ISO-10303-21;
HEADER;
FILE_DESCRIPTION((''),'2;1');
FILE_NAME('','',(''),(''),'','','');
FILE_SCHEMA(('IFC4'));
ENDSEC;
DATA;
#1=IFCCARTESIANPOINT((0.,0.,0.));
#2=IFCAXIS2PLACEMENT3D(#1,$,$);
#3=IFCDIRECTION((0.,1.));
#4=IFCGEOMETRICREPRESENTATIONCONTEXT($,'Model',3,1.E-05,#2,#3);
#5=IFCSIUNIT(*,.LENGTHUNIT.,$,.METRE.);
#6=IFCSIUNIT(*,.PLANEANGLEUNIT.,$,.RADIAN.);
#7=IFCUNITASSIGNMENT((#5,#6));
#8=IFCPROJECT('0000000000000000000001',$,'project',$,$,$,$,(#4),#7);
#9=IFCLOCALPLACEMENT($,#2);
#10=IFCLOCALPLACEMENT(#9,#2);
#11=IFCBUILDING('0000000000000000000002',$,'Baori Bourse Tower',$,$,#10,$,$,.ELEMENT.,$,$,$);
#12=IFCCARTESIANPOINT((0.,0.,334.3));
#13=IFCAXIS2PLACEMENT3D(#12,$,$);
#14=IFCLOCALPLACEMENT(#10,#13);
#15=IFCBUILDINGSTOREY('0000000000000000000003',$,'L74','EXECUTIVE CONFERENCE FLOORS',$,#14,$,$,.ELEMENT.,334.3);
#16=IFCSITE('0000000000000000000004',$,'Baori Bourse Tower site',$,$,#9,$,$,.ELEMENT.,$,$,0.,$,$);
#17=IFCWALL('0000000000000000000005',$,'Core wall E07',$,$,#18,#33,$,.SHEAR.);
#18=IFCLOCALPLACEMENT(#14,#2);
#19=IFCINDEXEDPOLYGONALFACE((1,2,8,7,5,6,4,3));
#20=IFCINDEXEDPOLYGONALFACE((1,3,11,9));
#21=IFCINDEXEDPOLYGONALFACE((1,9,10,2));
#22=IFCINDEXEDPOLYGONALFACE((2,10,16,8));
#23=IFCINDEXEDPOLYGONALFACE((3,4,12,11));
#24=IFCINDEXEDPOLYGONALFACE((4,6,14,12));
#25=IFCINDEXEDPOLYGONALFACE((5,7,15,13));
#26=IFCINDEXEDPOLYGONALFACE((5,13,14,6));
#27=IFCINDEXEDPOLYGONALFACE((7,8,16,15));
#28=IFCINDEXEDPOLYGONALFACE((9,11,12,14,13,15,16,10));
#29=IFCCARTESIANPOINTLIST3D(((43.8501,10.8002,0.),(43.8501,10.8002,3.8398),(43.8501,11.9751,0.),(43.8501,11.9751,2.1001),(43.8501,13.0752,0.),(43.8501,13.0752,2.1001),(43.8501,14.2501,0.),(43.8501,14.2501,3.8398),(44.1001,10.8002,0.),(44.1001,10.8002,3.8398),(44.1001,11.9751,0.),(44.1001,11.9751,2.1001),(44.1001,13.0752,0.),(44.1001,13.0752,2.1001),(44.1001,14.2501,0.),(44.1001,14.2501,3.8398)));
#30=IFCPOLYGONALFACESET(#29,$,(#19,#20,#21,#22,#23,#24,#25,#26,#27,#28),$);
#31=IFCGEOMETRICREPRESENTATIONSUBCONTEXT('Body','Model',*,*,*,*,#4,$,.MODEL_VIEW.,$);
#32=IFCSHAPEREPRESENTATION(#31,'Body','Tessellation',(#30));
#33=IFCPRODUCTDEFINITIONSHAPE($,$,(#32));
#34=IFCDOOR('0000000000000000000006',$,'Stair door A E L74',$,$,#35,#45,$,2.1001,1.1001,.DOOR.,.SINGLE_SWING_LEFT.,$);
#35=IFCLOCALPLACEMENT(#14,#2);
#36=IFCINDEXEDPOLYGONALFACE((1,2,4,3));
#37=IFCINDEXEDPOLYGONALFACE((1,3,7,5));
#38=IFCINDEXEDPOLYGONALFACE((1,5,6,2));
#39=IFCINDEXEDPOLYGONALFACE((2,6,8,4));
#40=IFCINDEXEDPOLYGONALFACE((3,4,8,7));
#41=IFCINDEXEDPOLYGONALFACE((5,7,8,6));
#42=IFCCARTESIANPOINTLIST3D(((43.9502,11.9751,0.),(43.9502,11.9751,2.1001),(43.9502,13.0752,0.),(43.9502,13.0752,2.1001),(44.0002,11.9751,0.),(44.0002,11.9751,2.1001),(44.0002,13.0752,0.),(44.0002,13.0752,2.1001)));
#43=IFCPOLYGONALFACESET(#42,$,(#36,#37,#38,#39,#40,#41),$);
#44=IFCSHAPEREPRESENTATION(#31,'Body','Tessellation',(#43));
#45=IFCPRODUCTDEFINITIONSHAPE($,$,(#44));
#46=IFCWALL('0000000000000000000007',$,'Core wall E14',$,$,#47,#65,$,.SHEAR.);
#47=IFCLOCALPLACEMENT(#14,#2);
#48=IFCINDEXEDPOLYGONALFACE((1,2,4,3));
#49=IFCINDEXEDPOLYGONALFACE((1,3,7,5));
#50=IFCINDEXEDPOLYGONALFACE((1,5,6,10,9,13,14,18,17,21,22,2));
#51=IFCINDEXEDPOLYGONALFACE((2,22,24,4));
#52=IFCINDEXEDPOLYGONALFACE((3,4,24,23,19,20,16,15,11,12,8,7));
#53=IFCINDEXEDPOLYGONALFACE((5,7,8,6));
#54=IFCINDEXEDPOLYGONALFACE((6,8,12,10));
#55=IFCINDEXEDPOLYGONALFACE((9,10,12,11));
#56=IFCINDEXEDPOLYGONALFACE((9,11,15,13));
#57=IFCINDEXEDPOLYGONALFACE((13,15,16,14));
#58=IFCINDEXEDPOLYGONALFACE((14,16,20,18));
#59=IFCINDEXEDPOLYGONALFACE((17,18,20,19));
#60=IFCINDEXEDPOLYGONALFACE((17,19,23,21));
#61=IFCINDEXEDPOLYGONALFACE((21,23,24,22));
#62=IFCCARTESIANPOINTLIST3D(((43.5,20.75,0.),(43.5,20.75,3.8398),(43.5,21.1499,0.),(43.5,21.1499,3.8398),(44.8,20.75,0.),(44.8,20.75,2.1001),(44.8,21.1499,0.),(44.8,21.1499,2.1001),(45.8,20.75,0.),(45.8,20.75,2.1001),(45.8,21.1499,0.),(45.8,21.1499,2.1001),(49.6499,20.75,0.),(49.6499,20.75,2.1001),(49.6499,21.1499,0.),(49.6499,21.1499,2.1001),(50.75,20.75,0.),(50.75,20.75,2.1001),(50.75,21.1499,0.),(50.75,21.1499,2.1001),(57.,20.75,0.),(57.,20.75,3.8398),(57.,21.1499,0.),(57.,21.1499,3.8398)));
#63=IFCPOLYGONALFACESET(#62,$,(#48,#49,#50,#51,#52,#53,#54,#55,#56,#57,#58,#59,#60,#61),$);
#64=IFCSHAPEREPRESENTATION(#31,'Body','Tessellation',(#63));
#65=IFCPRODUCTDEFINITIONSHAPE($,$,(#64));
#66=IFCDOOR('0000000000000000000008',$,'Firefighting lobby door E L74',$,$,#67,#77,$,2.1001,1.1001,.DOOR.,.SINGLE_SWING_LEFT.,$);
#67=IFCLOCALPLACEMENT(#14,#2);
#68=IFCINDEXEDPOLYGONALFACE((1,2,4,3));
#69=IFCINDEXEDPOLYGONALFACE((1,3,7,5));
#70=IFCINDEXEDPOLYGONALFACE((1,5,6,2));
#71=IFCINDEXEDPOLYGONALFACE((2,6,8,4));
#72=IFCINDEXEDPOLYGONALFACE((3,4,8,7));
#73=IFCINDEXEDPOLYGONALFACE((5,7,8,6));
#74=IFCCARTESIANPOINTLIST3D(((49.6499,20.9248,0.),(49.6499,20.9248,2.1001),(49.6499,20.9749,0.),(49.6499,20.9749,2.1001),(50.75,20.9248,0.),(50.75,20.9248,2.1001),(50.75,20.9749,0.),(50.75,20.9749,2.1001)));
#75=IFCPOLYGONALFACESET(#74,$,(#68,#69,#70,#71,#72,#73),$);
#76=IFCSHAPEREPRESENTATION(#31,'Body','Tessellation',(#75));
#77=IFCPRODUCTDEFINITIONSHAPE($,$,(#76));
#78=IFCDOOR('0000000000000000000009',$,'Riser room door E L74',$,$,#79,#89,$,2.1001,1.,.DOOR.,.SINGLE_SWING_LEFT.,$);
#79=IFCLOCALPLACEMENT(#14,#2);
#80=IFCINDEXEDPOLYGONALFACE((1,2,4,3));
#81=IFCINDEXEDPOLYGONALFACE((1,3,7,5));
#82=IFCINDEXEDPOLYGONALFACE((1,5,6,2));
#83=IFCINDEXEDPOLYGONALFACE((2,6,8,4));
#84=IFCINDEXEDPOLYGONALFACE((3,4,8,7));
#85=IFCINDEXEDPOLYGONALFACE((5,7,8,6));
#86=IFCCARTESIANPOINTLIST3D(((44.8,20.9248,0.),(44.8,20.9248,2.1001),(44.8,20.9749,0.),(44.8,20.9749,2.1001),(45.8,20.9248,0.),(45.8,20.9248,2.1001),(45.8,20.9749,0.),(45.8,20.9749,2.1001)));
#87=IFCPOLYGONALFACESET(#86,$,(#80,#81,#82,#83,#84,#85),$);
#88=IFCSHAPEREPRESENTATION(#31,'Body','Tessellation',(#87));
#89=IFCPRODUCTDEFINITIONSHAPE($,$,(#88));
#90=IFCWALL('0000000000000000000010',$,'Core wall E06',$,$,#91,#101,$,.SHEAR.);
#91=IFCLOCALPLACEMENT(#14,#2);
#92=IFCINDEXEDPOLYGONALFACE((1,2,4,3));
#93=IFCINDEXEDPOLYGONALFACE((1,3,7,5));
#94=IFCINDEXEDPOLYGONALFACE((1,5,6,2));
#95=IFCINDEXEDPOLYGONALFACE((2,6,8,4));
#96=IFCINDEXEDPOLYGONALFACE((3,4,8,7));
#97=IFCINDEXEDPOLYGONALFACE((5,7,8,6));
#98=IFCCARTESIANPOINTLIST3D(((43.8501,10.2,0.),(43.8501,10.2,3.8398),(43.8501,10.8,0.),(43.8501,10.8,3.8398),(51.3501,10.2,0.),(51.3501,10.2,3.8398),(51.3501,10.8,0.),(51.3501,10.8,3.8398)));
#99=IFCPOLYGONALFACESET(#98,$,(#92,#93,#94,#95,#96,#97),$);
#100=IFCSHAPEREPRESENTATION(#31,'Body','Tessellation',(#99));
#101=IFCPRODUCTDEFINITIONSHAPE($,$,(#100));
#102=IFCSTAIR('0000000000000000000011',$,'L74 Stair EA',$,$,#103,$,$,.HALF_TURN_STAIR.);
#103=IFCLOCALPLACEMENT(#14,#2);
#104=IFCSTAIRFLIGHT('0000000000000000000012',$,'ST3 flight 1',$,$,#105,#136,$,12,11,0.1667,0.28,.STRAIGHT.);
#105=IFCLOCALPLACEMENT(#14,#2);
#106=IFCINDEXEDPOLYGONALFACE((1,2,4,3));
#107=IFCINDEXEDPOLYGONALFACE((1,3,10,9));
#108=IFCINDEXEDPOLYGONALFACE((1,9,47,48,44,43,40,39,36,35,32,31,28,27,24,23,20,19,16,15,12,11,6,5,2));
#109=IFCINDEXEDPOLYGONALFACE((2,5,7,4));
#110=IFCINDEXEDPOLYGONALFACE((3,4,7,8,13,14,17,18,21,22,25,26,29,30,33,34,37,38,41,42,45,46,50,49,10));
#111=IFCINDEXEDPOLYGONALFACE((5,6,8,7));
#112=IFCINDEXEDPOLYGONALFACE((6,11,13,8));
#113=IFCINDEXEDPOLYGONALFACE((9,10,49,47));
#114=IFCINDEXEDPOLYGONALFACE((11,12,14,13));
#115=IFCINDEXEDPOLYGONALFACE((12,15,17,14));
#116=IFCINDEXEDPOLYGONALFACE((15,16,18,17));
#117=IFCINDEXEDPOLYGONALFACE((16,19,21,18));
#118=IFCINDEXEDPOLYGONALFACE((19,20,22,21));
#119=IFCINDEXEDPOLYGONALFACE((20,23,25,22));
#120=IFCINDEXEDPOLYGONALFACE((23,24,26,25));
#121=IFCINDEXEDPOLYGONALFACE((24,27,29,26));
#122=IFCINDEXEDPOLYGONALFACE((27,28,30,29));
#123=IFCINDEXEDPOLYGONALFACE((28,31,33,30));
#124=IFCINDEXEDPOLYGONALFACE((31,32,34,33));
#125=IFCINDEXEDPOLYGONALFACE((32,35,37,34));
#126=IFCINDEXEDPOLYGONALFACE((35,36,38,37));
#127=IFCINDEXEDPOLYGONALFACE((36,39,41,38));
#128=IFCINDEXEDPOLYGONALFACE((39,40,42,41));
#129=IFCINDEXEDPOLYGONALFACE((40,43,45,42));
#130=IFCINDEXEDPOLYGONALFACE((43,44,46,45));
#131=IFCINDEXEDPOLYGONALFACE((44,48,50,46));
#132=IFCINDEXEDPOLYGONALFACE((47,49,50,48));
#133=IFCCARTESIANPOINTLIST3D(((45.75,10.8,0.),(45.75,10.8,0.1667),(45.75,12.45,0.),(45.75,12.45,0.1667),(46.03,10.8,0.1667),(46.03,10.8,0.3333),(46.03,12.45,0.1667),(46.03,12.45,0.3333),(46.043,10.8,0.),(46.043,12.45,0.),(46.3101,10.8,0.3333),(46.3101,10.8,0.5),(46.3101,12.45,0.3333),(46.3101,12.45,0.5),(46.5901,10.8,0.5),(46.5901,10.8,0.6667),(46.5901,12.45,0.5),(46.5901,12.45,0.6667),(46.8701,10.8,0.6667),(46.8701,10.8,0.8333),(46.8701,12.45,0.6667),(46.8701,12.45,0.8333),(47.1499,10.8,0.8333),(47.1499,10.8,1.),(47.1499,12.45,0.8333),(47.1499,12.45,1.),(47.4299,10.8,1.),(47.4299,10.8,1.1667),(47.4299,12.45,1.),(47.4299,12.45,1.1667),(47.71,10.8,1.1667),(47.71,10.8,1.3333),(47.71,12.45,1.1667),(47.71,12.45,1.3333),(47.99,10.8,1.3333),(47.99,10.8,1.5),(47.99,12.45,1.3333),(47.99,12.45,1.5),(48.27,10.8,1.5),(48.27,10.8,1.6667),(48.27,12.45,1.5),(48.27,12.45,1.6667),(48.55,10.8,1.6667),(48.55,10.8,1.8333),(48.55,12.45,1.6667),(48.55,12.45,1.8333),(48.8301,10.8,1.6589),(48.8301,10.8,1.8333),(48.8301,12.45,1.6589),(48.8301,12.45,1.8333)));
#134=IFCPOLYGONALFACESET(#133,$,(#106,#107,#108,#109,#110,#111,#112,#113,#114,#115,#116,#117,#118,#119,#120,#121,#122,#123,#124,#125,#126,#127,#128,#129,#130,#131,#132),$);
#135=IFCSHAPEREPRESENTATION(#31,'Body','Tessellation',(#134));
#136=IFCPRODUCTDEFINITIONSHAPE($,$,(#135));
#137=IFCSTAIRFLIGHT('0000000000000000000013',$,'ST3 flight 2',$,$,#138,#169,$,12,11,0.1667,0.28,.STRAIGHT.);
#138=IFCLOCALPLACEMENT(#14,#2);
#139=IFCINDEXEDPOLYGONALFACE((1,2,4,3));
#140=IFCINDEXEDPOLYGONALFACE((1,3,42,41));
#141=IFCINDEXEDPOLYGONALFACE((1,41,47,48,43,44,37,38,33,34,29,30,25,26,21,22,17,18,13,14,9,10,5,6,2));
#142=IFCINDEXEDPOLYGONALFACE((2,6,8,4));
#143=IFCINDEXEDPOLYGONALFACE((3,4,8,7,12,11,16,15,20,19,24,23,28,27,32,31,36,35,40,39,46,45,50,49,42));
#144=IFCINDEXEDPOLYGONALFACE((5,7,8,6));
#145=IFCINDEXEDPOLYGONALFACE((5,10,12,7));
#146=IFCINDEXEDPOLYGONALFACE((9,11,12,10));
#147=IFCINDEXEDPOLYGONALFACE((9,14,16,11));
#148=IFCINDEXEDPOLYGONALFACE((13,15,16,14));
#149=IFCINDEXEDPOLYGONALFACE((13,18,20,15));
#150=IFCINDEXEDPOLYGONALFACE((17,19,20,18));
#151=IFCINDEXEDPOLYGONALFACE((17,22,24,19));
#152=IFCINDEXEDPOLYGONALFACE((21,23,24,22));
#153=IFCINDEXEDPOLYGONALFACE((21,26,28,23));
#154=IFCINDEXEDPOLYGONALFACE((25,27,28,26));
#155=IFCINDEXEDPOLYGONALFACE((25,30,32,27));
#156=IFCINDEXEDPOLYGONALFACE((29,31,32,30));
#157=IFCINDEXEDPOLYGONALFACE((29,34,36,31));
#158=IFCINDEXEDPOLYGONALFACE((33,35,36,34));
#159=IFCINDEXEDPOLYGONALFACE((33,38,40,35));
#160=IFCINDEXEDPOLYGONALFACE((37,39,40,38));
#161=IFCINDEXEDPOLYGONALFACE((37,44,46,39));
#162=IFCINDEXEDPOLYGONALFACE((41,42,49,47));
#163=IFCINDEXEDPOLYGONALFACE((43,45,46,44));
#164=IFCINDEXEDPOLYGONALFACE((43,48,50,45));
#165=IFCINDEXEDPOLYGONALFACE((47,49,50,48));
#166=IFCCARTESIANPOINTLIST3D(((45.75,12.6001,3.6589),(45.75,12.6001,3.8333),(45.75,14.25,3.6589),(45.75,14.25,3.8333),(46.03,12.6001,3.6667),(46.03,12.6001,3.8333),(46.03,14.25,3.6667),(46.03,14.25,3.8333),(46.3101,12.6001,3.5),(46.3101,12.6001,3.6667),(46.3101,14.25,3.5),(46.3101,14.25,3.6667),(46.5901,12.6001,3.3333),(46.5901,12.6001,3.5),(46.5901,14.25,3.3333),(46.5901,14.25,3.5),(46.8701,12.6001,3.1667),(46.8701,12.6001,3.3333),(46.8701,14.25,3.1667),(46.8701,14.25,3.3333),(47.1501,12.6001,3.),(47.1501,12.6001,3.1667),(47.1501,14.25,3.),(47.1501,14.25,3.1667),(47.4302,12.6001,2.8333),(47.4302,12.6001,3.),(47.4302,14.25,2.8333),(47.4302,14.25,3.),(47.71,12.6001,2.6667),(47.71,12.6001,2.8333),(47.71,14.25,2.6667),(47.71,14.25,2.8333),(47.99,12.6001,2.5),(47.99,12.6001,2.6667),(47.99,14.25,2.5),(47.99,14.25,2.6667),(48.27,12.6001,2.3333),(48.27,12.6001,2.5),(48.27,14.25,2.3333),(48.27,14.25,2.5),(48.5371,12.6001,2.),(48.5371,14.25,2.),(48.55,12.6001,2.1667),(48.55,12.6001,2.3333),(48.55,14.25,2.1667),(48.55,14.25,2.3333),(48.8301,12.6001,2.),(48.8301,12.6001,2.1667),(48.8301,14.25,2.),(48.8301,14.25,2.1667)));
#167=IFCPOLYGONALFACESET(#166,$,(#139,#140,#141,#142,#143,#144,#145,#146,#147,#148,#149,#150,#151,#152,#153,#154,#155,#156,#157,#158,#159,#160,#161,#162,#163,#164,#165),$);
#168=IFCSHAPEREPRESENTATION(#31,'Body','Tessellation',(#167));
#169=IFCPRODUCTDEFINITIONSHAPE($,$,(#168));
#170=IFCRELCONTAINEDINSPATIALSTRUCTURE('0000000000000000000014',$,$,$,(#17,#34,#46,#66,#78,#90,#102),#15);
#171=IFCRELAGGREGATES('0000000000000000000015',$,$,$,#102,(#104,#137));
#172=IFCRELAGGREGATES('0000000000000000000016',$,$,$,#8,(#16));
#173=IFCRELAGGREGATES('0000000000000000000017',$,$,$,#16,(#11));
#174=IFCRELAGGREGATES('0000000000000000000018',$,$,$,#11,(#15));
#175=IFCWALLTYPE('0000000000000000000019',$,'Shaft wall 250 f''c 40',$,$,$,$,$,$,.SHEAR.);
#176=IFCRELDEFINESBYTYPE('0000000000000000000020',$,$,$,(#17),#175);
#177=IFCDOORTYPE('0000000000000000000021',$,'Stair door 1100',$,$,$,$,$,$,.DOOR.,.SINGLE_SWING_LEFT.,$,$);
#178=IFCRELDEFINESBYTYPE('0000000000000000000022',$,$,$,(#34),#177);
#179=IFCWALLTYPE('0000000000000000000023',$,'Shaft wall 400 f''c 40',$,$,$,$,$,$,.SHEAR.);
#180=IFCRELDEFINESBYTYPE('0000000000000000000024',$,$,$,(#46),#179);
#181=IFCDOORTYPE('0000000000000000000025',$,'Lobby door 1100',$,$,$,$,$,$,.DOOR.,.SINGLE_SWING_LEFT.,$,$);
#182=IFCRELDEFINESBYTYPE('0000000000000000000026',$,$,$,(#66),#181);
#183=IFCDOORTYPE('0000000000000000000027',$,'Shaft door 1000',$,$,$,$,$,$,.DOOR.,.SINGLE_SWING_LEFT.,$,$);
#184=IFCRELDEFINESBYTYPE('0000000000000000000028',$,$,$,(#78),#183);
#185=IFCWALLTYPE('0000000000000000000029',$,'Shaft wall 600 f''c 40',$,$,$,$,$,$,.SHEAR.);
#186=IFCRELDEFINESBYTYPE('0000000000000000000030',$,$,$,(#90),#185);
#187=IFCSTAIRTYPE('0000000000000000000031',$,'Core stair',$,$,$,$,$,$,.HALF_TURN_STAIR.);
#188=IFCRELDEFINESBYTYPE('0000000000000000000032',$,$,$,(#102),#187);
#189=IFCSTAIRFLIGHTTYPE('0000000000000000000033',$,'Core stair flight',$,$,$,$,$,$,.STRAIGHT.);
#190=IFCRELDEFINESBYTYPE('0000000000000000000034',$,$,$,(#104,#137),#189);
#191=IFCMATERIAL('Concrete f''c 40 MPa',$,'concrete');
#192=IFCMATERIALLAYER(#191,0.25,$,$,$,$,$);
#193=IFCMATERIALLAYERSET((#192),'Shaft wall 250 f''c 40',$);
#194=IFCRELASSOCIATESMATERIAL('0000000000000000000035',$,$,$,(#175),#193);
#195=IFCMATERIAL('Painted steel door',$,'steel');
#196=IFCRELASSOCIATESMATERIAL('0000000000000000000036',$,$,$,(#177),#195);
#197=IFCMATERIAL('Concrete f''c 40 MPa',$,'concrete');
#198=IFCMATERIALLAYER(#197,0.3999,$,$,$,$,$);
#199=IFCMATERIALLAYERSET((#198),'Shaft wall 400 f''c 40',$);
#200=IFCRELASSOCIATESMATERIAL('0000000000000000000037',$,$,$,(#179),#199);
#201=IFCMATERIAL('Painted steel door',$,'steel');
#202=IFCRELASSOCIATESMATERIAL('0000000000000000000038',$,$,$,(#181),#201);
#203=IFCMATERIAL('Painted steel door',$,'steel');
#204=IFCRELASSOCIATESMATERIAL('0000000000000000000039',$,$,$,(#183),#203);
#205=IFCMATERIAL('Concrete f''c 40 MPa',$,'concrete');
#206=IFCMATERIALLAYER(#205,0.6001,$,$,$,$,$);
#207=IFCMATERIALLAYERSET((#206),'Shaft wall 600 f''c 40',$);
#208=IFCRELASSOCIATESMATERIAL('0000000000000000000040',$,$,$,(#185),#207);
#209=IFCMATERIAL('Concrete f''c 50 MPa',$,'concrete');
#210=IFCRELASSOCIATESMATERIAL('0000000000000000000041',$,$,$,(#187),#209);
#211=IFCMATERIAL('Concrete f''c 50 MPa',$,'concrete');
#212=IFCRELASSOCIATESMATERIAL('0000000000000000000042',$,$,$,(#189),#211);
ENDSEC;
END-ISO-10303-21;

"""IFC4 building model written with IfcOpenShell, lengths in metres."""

from ifc_helpers import new_model, si_unit, direction, frame, frame_2d, origin, place, context, subcontext, project, spatial, polyline, rectangle, outline, extrude, material, layer, layer_set, type_object, element, fill, aggregate, save


model = new_model("IFC4")

# Units and contexts
model_context = context("Model", 3, precision=1e-05, world=origin(), true_north=direction((0.0, 1.0)))
body_context = subcontext(model_context, "Body", "Model", "MODEL_VIEW")
ifc_project = project(units=[si_unit("LENGTHUNIT", "METRE"), si_unit("PLANEANGLEUNIT", "RADIAN")], contexts=[model_context])

# Site, building, storey
site_placement = place(None, origin())
site = spatial("IfcSite", under=ifc_project, at=site_placement, Name="Baori Bourse Tower site", CompositionType="ELEMENT", RefElevation=0.0)
building_placement = place(site_placement, origin())
building = spatial("IfcBuilding", under=site, at=building_placement, Name="Baori Bourse Tower", CompositionType="ELEMENT")
storey_placement = place(building_placement, frame((0.0, 0.0, 334.3)))
storey = spatial("IfcBuildingStorey", under=building, at=storey_placement, Name="L74", Description="EXECUTIVE CONFERENCE FLOORS", CompositionType="ELEMENT", Elevation=334.3)

# Wall, opening, door
ifc_material_1 = material(Name="Concrete f'c 40 MPa", Category="concrete")
ifc_layer_1 = layer(ifc_material_1, 0.25)
ifc_layer_set_1 = layer_set([ifc_layer_1], Name="Shaft wall 250 f'c 40")
wall_type_1 = type_object("IfcWallType", Name="Shaft wall 250 f'c 40", PredefinedType="SHEAR", material=ifc_layer_set_1)
wall_1_placement = place(storey_placement, frame((43.9751, 10.8, 0.0), z_axis=(0.0, 0.0, 1.0), x_axis=(0.0, 1.0, 0.0)))
wall_1 = element("IfcWall", 1, at=wall_1_placement, inside=storey, type_object=wall_type_1, Name="Core wall E07", PredefinedType="SHEAR", context=body_context, shape_type="SweptSolid", body=[
    extrude(rectangle(XDim=3.45, YDim=0.25, at=frame_2d((1.7251, 0.0))), origin(), (0.0, 0.0, 1.0), 3.8398),
])
opening_1_placement = place(wall_1_placement, frame((1.175, 0.0, 0.0)))
opening_1 = element("IfcOpeningElement", 2, at=opening_1_placement, cuts=wall_1, PredefinedType="OPENING", context=body_context, shape_type="SweptSolid", body=[
    extrude(rectangle(XDim=1.1001, YDim=2.1001, at=frame_2d((0.55, 1.05))), frame((0.0, 0.135, 0.0), z_axis=(0.0, -1.0, 0.0), x_axis=(1.0, 0.0, 0.0)), (0.0, 0.0, 1.0), 0.27),
])
ifc_material_2 = material(Name="Painted steel door", Category="steel")
door_type_1 = type_object("IfcDoorType", Name="Stair door 1100", OperationType="SINGLE_SWING_LEFT", PredefinedType="DOOR", material=ifc_material_2)
door_1_placement = place(opening_1_placement, origin())
door_1 = element("IfcDoor", 3, at=door_1_placement, inside=storey, type_object=door_type_1, Name="Stair door A E L74", OperationType="SINGLE_SWING_LEFT", OverallHeight=2.1001, OverallWidth=1.1001, PredefinedType="DOOR", context=body_context, shape_type="SweptSolid", body=[
    extrude(rectangle(XDim=1.1001, YDim=2.1001, at=frame_2d((0.55, 1.05))), frame((0.0, 0.0249, 0.0), z_axis=(0.0, -1.0, 0.0), x_axis=(1.0, 0.0, 0.0)), (0.0, 0.0, 1.0), 0.05),
])
fill(opening_1, door_1)

# Wall, openings, doors
ifc_material_3 = material(Name="Concrete f'c 40 MPa", Category="concrete")
ifc_layer_2 = layer(ifc_material_3, 0.3999)
ifc_layer_set_2 = layer_set([ifc_layer_2], Name="Shaft wall 400 f'c 40")
wall_type_2 = type_object("IfcWallType", Name="Shaft wall 400 f'c 40", PredefinedType="SHEAR", material=ifc_layer_set_2)
wall_2_placement = place(storey_placement, frame((43.5, 20.95, 0.0), z_axis=(0.0, 0.0, 1.0), x_axis=(1.0, 0.0, 0.0)))
wall_2 = element("IfcWall", 4, at=wall_2_placement, inside=storey, type_object=wall_type_2, Name="Core wall E14", PredefinedType="SHEAR", context=body_context, shape_type="SweptSolid", body=[
    extrude(rectangle(XDim=13.5, YDim=0.3999, at=frame_2d((6.75, 0.0))), origin(), (0.0, 0.0, 1.0), 3.8398),
])
opening_2_placement = place(wall_2_placement, frame((6.1499, 0.0, 0.0)))
opening_2 = element("IfcOpeningElement", 5, at=opening_2_placement, cuts=wall_2, PredefinedType="OPENING", context=body_context, shape_type="SweptSolid", body=[
    extrude(rectangle(XDim=1.1001, YDim=2.1001, at=frame_2d((0.55, 1.05))), frame((0.0, 0.21, 0.0), z_axis=(0.0, -1.0, 0.0), x_axis=(1.0, 0.0, 0.0)), (0.0, 0.0, 1.0), 0.4199),
])
opening_3_placement = place(wall_2_placement, frame((1.3, 0.0, 0.0)))
opening_3 = element("IfcOpeningElement", 6, at=opening_3_placement, cuts=wall_2, PredefinedType="OPENING", context=body_context, shape_type="SweptSolid", body=[
    extrude(rectangle(XDim=1.0, YDim=2.1001, at=frame_2d((0.5, 1.05))), frame((0.0, 0.21, 0.0), z_axis=(0.0, -1.0, 0.0), x_axis=(1.0, 0.0, 0.0)), (0.0, 0.0, 1.0), 0.4199),
])
ifc_material_4 = material(Name="Painted steel door", Category="steel")
door_type_2 = type_object("IfcDoorType", Name="Lobby door 1100", OperationType="SINGLE_SWING_LEFT", PredefinedType="DOOR", material=ifc_material_4)
door_2_placement = place(opening_2_placement, origin())
door_2 = element("IfcDoor", 7, at=door_2_placement, inside=storey, type_object=door_type_2, Name="Firefighting lobby door E L74", OperationType="SINGLE_SWING_LEFT", OverallHeight=2.1001, OverallWidth=1.1001, PredefinedType="DOOR", context=body_context, shape_type="SweptSolid", body=[
    extrude(rectangle(XDim=1.1001, YDim=2.1001, at=frame_2d((0.55, 1.05))), frame((0.0, 0.0249, 0.0), z_axis=(0.0, -1.0, 0.0), x_axis=(1.0, 0.0, 0.0)), (0.0, 0.0, 1.0), 0.05),
])
fill(opening_2, door_2)
ifc_material_5 = material(Name="Painted steel door", Category="steel")
door_type_3 = type_object("IfcDoorType", Name="Shaft door 1000", OperationType="SINGLE_SWING_LEFT", PredefinedType="DOOR", material=ifc_material_5)
door_3_placement = place(opening_3_placement, origin())
door_3 = element("IfcDoor", 8, at=door_3_placement, inside=storey, type_object=door_type_3, Name="Riser room door E L74", OperationType="SINGLE_SWING_LEFT", OverallHeight=2.1001, OverallWidth=1.0, PredefinedType="DOOR", context=body_context, shape_type="SweptSolid", body=[
    extrude(rectangle(XDim=1.0, YDim=2.1001, at=frame_2d((0.5, 1.05))), frame((0.0, 0.0249, 0.0), z_axis=(0.0, -1.0, 0.0), x_axis=(1.0, 0.0, 0.0)), (0.0, 0.0, 1.0), 0.05),
])
fill(opening_3, door_3)

# Wall
ifc_material_6 = material(Name="Concrete f'c 40 MPa", Category="concrete")
ifc_layer_3 = layer(ifc_material_6, 0.6001)
ifc_layer_set_3 = layer_set([ifc_layer_3], Name="Shaft wall 600 f'c 40")
wall_type_3 = type_object("IfcWallType", Name="Shaft wall 600 f'c 40", PredefinedType="SHEAR", material=ifc_layer_set_3)
wall_3_placement = place(storey_placement, frame((43.8501, 10.5, 0.0), z_axis=(0.0, 0.0, 1.0), x_axis=(1.0, 0.0, 0.0)))
element("IfcWall", 9, at=wall_3_placement, inside=storey, type_object=wall_type_3, Name="Core wall E06", PredefinedType="SHEAR", context=body_context, shape_type="SweptSolid", body=[
    extrude(rectangle(XDim=7.5, YDim=0.6001, at=frame_2d((3.75, 0.0))), origin(), (0.0, 0.0, 1.0), 3.8398),
])

# Stair, stair flights
ifc_material_7 = material(Name="Concrete f'c 50 MPa", Category="concrete")
stair_type = type_object("IfcStairType", Name="Core stair", PredefinedType="HALF_TURN_STAIR", material=ifc_material_7)
stair_placement = place(storey_placement, origin())
stair = element("IfcStair", 10, at=stair_placement, inside=storey, type_object=stair_type, Name="L74 Stair EA", PredefinedType="HALF_TURN_STAIR")
ifc_material_8 = material(Name="Concrete f'c 50 MPa", Category="concrete")
stair_flight_type = type_object("IfcStairFlightType", Name="Core stair flight", PredefinedType="STRAIGHT", material=ifc_material_8)
stair_flight_1_placement = place(storey_placement, frame((45.75, 11.625, 0.0), z_axis=(0.0, 0.0, 1.0), x_axis=(1.0, 0.0, 0.0)))
stair_flight_1 = element("IfcStairFlight", 11, at=stair_flight_1_placement, type_object=stair_flight_type, Name="ST3 flight 1", NumberOfRisers=12, NumberOfTreads=11, PredefinedType="STRAIGHT", RiserHeight=0.1667, TreadLength=0.28, context=body_context, shape_type="SweptSolid", body=[
    extrude(outline(polyline([(0.0, 0.0), (0.0, 0.1667), (0.28, 0.1667), (0.28, 0.3333), (0.5601, 0.3333), (0.5601, 0.5), (0.8401, 0.5), (0.8401, 0.6667), (1.1201, 0.6667), (1.1201, 0.8333), (1.3999, 0.8333), (1.3999, 1.0), (1.6799, 1.0), (1.6799, 1.1667), (1.96, 1.1667), (1.96, 1.3333), (2.24, 1.3333), (2.24, 1.5), (2.52, 1.5), (2.52, 1.6667), (2.8, 1.6667), (2.8, 1.8333), (3.0801, 1.8333), (3.0801, 2.0), (3.0801, 1.6589), (0.293, 0.0), (0.0, 0.0)])), frame((0.0, 0.825, 0.0), z_axis=(0.0, -1.0, 0.0), x_axis=(1.0, 0.0, 0.0)), (0.0, 0.0, 1.0), 1.6499),
])
stair_flight_2_placement = place(storey_placement, frame((48.8301, 13.425, 2.0), z_axis=(0.0, 0.0, 1.0), x_axis=(-1.0, 0.0, 0.0)))
stair_flight_2 = element("IfcStairFlight", 12, at=stair_flight_2_placement, type_object=stair_flight_type, Name="ST3 flight 2", NumberOfRisers=12, NumberOfTreads=11, PredefinedType="STRAIGHT", RiserHeight=0.1667, TreadLength=0.28, context=body_context, shape_type="SweptSolid", body=[
    extrude(outline(polyline([(0.0, 0.0), (0.0, 0.1667), (0.28, 0.1667), (0.28, 0.3333), (0.5601, 0.3333), (0.5601, 0.5), (0.8401, 0.5), (0.8401, 0.6667), (1.1201, 0.6667), (1.1201, 0.8333), (1.3999, 0.8333), (1.3999, 1.0), (1.6799, 1.0), (1.6799, 1.1667), (1.96, 1.1667), (1.96, 1.3333), (2.24, 1.3333), (2.24, 1.5), (2.52, 1.5), (2.52, 1.6667), (2.8, 1.6667), (2.8, 1.8333), (3.0801, 1.8333), (3.0801, 2.0), (3.0801, 1.6589), (0.293, 0.0), (0.0, 0.0)])), frame((0.0, 0.825, 0.0), z_axis=(0.0, -1.0, 0.0), x_axis=(1.0, 0.0, 0.0)), (0.0, 0.0, 1.0), 1.6499),
])
aggregate(stair, [stair_flight_1, stair_flight_2])

save(model, "model.ifc")
